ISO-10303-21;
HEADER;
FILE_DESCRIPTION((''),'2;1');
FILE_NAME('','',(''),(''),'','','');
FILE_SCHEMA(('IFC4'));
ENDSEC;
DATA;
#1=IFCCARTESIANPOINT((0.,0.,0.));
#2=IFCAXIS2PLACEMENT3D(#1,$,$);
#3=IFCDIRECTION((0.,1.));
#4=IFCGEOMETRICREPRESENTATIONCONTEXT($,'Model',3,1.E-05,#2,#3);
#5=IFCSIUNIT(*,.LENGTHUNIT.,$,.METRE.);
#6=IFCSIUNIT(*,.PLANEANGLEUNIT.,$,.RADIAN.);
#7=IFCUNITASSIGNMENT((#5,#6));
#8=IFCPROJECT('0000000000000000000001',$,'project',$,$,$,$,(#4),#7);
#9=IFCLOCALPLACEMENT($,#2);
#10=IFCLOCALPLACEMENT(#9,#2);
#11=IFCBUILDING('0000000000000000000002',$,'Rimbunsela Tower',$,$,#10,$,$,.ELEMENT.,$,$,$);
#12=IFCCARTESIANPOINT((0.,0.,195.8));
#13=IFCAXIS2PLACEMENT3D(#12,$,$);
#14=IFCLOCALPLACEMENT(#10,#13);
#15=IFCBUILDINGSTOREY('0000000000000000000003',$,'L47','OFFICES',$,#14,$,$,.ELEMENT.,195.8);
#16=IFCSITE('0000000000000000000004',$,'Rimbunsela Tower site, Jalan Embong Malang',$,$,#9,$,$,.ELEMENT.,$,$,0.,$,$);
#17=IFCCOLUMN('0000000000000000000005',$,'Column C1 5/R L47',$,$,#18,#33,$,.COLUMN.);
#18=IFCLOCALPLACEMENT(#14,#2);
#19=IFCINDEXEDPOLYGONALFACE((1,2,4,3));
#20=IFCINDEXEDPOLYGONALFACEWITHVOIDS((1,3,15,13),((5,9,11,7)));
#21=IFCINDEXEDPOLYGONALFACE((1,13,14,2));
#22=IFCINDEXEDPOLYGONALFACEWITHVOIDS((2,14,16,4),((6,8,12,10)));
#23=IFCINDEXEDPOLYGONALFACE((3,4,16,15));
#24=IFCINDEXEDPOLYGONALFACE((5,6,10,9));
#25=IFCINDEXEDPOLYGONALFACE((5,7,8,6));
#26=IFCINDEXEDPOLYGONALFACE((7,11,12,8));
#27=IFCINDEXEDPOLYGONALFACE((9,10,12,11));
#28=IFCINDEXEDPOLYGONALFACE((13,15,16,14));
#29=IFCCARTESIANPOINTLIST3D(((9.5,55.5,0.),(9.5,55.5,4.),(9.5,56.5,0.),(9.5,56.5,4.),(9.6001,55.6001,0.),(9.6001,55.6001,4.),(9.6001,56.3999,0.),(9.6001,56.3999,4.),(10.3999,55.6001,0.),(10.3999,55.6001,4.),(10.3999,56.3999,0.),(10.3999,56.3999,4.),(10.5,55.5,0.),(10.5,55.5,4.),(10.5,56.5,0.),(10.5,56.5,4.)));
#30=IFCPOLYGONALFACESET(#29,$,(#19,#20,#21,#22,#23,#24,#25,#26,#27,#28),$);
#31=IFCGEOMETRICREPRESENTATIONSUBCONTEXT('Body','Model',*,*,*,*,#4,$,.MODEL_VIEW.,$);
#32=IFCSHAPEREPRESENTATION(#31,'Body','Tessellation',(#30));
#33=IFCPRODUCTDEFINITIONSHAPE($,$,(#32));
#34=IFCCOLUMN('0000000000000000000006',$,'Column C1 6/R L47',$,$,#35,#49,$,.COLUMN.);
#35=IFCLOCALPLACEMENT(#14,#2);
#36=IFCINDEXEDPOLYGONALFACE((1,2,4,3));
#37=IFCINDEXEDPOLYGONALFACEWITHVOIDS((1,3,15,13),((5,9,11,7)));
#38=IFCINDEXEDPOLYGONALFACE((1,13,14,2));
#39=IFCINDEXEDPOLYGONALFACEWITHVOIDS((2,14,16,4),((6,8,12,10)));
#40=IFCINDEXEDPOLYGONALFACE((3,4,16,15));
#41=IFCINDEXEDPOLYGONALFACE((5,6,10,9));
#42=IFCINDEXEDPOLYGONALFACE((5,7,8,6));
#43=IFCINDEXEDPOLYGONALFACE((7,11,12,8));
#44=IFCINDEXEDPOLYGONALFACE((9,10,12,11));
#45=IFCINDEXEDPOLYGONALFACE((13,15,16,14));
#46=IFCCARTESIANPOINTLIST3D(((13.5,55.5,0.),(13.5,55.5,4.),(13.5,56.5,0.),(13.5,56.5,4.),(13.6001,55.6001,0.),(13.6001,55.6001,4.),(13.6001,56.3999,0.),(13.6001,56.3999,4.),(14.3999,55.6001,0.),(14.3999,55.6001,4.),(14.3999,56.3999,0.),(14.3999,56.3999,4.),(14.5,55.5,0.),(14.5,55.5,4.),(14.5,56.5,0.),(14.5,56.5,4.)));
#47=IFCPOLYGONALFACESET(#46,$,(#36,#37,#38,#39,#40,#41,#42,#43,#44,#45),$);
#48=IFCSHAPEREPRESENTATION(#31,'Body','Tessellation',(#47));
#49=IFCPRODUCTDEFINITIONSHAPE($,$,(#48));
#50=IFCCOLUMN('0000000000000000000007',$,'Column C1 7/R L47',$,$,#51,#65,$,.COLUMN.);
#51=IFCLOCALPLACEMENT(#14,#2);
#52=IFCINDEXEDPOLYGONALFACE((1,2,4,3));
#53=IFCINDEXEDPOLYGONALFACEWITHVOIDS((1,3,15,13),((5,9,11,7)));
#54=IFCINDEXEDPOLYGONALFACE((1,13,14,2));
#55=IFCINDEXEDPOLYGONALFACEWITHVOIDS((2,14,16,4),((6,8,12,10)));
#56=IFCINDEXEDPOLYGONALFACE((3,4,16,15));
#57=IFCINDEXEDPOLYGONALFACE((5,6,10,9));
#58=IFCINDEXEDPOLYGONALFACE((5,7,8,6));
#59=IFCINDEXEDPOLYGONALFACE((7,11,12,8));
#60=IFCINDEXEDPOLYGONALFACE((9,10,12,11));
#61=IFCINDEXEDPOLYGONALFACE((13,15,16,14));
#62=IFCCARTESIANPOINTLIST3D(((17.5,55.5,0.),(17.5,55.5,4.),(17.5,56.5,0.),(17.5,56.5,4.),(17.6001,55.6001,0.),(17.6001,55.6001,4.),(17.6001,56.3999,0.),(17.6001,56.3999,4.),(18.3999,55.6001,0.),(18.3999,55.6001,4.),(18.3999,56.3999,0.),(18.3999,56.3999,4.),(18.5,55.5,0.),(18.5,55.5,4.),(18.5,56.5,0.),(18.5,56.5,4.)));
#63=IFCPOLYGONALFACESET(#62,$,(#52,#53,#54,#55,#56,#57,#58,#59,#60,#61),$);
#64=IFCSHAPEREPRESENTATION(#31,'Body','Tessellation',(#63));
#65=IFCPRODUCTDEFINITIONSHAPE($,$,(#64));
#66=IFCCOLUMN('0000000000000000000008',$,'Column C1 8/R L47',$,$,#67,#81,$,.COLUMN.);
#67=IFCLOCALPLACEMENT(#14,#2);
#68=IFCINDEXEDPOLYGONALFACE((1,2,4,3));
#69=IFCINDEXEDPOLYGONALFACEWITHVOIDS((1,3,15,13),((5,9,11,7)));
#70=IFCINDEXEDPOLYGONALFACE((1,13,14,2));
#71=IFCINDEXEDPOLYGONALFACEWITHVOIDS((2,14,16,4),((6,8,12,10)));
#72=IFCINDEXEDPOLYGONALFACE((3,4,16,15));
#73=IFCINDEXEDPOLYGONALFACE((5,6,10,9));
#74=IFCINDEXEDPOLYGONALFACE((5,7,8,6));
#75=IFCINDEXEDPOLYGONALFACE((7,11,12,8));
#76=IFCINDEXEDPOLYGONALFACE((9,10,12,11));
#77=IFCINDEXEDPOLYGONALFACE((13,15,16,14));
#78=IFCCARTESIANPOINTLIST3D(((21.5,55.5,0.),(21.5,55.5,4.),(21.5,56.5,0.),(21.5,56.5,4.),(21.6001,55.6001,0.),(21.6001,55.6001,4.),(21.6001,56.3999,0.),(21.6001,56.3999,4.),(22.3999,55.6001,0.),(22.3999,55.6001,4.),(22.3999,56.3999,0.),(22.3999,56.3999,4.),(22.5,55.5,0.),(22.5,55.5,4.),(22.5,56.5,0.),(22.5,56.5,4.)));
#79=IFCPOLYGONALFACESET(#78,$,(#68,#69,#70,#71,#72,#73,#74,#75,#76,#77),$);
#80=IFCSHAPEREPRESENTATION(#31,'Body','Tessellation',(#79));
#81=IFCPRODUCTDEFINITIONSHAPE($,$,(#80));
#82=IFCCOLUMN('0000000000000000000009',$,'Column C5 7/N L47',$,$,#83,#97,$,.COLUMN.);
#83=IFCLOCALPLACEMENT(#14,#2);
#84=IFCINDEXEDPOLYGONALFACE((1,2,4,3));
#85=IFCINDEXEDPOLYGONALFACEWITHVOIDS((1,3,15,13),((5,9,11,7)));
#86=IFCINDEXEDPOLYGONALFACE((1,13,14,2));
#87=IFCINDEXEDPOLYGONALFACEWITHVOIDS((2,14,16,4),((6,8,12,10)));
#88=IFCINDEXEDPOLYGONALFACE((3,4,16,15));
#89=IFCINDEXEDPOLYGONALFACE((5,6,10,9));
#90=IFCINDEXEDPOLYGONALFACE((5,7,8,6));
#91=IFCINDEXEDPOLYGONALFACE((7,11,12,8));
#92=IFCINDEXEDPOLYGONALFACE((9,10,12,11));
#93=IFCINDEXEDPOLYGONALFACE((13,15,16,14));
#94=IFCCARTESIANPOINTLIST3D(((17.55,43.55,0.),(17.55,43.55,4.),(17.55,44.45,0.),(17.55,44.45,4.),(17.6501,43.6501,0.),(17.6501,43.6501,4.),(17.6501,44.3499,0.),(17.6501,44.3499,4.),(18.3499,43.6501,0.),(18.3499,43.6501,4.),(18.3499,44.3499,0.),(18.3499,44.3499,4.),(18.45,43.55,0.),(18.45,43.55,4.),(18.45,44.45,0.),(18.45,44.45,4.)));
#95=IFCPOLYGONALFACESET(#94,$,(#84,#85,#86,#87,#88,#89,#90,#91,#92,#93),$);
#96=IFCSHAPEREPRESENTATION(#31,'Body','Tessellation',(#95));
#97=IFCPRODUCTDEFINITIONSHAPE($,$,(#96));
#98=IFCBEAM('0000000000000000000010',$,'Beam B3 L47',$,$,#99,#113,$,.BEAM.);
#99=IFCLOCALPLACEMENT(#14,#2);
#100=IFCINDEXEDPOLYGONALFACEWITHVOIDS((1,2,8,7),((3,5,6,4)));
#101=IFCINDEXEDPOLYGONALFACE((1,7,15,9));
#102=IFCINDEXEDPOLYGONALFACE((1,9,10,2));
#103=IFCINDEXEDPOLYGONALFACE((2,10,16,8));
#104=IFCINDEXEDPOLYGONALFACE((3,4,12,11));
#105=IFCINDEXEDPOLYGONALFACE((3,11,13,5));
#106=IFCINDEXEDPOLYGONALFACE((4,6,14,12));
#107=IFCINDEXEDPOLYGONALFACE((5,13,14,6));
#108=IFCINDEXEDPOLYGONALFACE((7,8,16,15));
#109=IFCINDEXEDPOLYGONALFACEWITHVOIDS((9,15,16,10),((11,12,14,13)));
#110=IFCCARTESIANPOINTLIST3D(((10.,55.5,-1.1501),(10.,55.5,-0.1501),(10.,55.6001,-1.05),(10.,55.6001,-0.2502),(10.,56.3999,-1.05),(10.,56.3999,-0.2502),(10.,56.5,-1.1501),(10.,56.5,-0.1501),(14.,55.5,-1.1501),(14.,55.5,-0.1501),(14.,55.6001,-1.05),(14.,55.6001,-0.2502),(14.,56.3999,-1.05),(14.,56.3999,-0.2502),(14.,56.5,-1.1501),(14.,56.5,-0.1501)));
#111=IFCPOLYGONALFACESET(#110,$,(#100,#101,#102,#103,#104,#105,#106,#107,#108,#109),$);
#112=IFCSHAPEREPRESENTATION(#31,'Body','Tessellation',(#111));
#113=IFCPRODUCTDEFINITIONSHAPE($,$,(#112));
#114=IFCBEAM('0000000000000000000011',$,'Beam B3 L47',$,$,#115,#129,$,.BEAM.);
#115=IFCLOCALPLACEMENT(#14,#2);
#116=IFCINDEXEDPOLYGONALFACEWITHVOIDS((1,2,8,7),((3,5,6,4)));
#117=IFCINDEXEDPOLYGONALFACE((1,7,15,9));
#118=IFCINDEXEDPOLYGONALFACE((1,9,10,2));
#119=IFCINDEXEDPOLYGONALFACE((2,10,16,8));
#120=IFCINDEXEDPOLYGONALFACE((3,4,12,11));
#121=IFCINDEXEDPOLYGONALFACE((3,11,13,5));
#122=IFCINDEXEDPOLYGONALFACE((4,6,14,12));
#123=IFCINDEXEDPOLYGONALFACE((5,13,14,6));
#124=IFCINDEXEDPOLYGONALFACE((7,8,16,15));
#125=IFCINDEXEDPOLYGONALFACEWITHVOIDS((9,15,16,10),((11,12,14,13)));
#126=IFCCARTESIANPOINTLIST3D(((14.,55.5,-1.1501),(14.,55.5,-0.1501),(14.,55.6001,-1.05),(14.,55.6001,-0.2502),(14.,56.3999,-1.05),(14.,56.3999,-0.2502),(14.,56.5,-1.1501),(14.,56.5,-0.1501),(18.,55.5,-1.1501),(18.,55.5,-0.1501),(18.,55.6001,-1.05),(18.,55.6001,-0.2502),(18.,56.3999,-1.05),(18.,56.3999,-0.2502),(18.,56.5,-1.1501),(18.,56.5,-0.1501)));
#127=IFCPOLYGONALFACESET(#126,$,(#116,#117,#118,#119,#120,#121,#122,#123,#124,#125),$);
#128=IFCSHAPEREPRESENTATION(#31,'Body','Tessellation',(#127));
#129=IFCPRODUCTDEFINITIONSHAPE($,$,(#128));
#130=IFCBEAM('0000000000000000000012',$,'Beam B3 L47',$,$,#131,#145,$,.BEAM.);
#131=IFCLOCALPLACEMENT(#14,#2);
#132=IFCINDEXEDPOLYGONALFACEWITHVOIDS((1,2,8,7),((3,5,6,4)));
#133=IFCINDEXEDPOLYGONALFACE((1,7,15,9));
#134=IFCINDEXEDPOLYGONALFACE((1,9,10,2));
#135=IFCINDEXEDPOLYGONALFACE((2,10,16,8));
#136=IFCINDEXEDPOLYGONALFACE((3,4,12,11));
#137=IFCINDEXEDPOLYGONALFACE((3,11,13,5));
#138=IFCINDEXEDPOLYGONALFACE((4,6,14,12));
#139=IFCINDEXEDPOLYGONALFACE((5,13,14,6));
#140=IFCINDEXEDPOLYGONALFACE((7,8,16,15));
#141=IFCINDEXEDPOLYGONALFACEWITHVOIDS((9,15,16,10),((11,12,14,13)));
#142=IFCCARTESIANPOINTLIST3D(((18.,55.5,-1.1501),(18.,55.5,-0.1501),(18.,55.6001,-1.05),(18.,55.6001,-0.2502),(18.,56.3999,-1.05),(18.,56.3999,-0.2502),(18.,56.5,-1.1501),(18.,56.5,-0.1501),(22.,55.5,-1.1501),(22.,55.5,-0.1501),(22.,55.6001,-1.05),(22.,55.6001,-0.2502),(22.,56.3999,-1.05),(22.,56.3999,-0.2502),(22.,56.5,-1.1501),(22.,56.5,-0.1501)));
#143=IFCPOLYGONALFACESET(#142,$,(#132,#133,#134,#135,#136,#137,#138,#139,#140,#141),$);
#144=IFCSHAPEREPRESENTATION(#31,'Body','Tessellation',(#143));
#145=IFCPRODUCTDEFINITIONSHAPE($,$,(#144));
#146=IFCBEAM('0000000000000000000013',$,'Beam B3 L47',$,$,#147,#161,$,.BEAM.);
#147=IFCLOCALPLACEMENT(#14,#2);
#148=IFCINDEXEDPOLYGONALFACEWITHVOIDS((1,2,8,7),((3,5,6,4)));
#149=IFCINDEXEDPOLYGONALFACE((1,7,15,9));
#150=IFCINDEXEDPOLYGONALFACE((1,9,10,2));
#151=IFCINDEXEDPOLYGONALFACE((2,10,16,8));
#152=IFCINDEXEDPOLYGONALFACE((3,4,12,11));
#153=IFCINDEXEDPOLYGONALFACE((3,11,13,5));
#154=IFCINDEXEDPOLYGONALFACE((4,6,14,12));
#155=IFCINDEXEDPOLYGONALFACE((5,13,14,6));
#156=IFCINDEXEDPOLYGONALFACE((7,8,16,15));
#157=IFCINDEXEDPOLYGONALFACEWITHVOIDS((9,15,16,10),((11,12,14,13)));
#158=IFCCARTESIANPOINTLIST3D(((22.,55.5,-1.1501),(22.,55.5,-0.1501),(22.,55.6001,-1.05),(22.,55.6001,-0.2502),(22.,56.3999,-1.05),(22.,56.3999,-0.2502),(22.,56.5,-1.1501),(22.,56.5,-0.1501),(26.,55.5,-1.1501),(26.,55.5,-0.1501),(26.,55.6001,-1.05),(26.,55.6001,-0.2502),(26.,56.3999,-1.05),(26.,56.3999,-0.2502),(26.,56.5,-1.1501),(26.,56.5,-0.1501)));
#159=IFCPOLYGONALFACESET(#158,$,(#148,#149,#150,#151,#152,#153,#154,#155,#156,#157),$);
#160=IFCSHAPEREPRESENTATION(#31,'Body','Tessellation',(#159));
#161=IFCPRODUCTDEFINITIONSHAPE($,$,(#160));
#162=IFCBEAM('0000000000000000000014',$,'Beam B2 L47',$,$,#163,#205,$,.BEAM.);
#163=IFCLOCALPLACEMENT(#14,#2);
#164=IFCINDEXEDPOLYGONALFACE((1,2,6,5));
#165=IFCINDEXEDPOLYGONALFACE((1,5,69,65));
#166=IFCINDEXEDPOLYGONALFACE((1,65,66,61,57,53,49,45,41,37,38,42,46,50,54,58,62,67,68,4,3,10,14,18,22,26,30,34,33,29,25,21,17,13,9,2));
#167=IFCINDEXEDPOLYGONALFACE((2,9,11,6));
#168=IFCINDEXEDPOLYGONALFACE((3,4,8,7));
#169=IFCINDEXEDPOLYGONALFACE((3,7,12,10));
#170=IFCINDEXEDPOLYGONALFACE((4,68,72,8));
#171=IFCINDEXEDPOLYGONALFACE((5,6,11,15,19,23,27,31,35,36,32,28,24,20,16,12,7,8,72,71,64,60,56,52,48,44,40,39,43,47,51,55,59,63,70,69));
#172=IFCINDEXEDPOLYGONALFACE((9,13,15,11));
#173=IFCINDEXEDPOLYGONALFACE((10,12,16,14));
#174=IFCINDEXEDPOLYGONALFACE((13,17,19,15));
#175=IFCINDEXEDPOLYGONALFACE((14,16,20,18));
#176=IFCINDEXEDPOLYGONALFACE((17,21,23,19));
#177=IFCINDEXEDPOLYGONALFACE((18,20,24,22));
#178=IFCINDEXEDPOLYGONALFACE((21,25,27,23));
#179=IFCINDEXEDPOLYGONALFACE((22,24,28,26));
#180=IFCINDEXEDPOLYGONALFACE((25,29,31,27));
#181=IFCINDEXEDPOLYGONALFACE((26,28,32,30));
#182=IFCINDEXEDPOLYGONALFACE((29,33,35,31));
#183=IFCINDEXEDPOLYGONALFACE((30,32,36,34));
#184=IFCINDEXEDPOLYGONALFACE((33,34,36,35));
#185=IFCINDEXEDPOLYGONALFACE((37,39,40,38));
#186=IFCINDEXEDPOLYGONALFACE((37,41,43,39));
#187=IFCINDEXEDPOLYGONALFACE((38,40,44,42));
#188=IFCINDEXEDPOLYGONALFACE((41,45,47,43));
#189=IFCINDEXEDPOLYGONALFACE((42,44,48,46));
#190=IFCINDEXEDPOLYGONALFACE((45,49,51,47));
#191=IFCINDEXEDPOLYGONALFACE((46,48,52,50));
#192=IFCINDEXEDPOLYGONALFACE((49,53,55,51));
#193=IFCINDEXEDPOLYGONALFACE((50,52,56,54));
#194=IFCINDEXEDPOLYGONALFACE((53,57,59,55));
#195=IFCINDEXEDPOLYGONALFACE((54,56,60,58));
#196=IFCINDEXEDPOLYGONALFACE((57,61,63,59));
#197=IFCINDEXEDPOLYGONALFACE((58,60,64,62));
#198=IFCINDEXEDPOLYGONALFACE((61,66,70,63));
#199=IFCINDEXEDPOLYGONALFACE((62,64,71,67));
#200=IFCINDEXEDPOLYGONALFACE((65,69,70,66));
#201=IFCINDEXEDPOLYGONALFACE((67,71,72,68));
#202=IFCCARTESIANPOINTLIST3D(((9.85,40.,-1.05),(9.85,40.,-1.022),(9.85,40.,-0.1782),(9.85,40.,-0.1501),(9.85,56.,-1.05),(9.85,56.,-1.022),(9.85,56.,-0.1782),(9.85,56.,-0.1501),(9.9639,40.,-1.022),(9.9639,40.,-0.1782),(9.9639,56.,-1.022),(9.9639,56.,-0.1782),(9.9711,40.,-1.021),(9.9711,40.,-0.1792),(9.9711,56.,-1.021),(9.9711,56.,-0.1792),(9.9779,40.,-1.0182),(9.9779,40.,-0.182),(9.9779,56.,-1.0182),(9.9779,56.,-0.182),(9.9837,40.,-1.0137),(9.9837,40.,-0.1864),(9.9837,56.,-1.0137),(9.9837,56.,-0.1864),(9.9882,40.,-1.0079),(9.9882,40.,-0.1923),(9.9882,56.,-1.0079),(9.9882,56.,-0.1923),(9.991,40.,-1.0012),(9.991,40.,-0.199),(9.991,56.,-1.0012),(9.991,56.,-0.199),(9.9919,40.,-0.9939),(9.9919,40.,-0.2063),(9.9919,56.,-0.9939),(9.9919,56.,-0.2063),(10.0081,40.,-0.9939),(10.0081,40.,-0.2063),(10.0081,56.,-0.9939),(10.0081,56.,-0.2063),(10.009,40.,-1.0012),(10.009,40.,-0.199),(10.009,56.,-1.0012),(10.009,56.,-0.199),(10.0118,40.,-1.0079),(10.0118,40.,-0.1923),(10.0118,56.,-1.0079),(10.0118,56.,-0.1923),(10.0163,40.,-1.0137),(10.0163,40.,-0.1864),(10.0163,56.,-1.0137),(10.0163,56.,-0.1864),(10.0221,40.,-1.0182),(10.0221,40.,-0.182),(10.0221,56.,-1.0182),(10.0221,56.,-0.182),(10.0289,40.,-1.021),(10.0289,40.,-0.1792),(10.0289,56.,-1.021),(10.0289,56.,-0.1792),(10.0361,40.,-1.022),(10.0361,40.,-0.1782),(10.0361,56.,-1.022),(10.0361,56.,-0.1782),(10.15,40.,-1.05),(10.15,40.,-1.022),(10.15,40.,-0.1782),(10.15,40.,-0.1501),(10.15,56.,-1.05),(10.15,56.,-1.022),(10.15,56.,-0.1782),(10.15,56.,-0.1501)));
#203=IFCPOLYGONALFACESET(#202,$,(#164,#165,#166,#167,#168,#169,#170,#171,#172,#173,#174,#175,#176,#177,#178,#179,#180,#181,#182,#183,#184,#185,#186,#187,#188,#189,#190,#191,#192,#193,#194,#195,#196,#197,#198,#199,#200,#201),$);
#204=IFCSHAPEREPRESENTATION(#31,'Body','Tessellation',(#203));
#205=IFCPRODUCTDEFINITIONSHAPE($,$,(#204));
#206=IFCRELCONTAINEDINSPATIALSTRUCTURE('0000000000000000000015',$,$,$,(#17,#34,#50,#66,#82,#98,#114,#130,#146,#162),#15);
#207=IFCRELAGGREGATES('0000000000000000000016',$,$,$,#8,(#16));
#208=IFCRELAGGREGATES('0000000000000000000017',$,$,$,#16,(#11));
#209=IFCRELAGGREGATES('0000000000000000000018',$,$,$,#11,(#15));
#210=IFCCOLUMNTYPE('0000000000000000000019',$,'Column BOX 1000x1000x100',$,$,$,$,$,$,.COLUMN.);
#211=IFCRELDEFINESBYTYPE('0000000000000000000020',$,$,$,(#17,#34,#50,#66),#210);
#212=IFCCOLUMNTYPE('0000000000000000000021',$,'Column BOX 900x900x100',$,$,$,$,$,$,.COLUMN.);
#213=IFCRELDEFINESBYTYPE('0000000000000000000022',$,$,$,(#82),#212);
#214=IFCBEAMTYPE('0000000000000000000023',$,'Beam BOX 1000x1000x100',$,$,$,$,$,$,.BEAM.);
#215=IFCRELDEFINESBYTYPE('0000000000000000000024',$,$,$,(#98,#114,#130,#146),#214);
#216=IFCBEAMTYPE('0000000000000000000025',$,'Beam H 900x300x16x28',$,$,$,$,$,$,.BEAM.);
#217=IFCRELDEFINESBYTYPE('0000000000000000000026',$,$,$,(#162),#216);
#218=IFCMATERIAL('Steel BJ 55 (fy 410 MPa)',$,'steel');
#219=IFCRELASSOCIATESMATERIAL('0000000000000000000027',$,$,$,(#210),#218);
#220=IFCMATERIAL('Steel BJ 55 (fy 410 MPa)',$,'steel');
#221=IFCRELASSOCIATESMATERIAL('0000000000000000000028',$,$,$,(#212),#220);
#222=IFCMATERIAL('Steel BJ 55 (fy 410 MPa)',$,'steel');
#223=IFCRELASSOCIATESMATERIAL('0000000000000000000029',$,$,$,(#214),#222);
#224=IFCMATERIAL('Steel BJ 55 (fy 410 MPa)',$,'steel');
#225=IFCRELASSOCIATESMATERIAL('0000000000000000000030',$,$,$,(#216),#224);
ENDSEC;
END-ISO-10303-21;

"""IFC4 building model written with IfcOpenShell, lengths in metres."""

from ifc_helpers import new_model, si_unit, direction, frame, origin, origin_2d, place, context, subcontext, project, spatial, hollow_rectangle, i_section, extrude, material, material_profile, profile_set, type_object, element, save


model = new_model("IFC4")

# Units and contexts
model_context = context("Model", 3, precision=1e-05, world=origin(), true_north=direction((0.0, 1.0)))
body_context = subcontext(model_context, "Body", "Model", "MODEL_VIEW")
ifc_project = project(units=[si_unit("LENGTHUNIT", "METRE"), si_unit("PLANEANGLEUNIT", "RADIAN")], contexts=[model_context])

# Site, building, storey
site_placement = place(None, origin())
site = spatial("IfcSite", under=ifc_project, at=site_placement, Name="Rimbunsela Tower site, Jalan Embong Malang", CompositionType="ELEMENT", RefElevation=0.0)
building_placement = place(site_placement, origin())
building = spatial("IfcBuilding", under=site, at=building_placement, Name="Rimbunsela Tower", CompositionType="ELEMENT")
storey_placement = place(building_placement, frame((0.0, 0.0, 195.8)))
storey = spatial("IfcBuildingStorey", under=building, at=storey_placement, Name="L47", Description="OFFICES", CompositionType="ELEMENT", Elevation=195.8)

# Columns
ifc_material_1 = material(Name="Steel BJ 55 (fy 410 MPa)", Category="steel")
ifc_material_profile_1 = material_profile(ifc_material_1, hollow_rectangle(XDim=1.0, YDim=1.0, WallThickness=0.1001, at=origin_2d()), Name="BOX 1000x1000x100")
ifc_profile_set_1 = profile_set([ifc_material_profile_1], Name="Steel BJ 55 (fy 410 MPa)")
column_type_1 = type_object("IfcColumnType", Name="Column BOX 1000x1000x100", PredefinedType="COLUMN", material=ifc_profile_set_1)
for number, where, z_axis, x_axis, name in (
    (1, (10.0, 56.0, 0.0), (0.0, 0.0, 1.0), (1.0, 0.0, 0.0), "Column C1 5/R L47"),
    (2, (14.0, 56.0, 0.0), (0.0, 0.0, 1.0), (1.0, 0.0, 0.0), "Column C1 6/R L47"),
    (3, (18.0, 56.0, 0.0), (0.0, 0.0, 1.0), (1.0, 0.0, 0.0), "Column C1 7/R L47"),
    (4, (22.0, 56.0, 0.0), (0.0, 0.0, 1.0), (1.0, 0.0, 0.0), "Column C1 8/R L47"),
):
    element("IfcColumn", number, at=place(storey_placement, frame(where, z_axis=z_axis, x_axis=x_axis)), inside=storey, type_object=column_type_1, Name=name, PredefinedType="COLUMN", context=body_context, shape_type="SweptSolid", body=[
        extrude(hollow_rectangle(XDim=1.0, YDim=1.0, WallThickness=0.1001, at=origin_2d()), origin(), (0.0, 0.0, 1.0), 4.0),
    ])
ifc_material_2 = material(Name="Steel BJ 55 (fy 410 MPa)", Category="steel")
ifc_material_profile_2 = material_profile(ifc_material_2, hollow_rectangle(XDim=0.8999, YDim=0.8999, WallThickness=0.1001, at=origin_2d()), Name="BOX 900x900x100")
ifc_profile_set_2 = profile_set([ifc_material_profile_2], Name="Steel BJ 55 (fy 410 MPa)")
column_type_2 = type_object("IfcColumnType", Name="Column BOX 900x900x100", PredefinedType="COLUMN", material=ifc_profile_set_2)
column_placement = place(storey_placement, frame((18.0, 44.0, 0.0), z_axis=(0.0, 0.0, 1.0), x_axis=(1.0, 0.0, 0.0)))
element("IfcColumn", 5, at=column_placement, inside=storey, type_object=column_type_2, Name="Column C5 7/N L47", PredefinedType="COLUMN", context=body_context, shape_type="SweptSolid", body=[
    extrude(hollow_rectangle(XDim=0.8999, YDim=0.8999, WallThickness=0.1001, at=origin_2d()), origin(), (0.0, 0.0, 1.0), 4.0),
])

# Beams
ifc_material_3 = material(Name="Steel BJ 55 (fy 410 MPa)", Category="steel")
ifc_material_profile_3 = material_profile(ifc_material_3, hollow_rectangle(XDim=1.0, YDim=1.0, WallThickness=0.1001, at=origin_2d()), Name="BOX 1000x1000x100")
ifc_profile_set_3 = profile_set([ifc_material_profile_3], Name="Steel BJ 55 (fy 410 MPa)")
beam_type_1 = type_object("IfcBeamType", Name="Beam BOX 1000x1000x100", PredefinedType="BEAM", material=ifc_profile_set_3)
for number, where, z_axis, x_axis, name in (
    (6, (10.0, 56.0, -0.6501), (1.0, 0.0, 0.0), (0.0, 1.0, 0.0), "Beam B3 L47"),
    (7, (14.0, 56.0, -0.6501), (1.0, 0.0, 0.0), (0.0, 1.0, 0.0), "Beam B3 L47"),
    (8, (18.0, 56.0, -0.6501), (1.0, 0.0, 0.0), (0.0, 1.0, 0.0), "Beam B3 L47"),
    (9, (22.0, 56.0, -0.6501), (1.0, 0.0, 0.0), (0.0, 1.0, 0.0), "Beam B3 L47"),
):
    element("IfcBeam", number, at=place(storey_placement, frame(where, z_axis=z_axis, x_axis=x_axis)), inside=storey, type_object=beam_type_1, Name=name, PredefinedType="BEAM", context=body_context, shape_type="SweptSolid", body=[
        extrude(hollow_rectangle(XDim=1.0, YDim=1.0, WallThickness=0.1001, at=origin_2d()), origin(), (0.0, 0.0, 1.0), 4.0),
    ])
ifc_material_4 = material(Name="Steel BJ 55 (fy 410 MPa)", Category="steel")
ifc_material_profile_4 = material_profile(ifc_material_4, i_section(OverallWidth=0.3, OverallDepth=0.8999, WebThickness=0.0161, FlangeThickness=0.0281, FilletRadius=0.0281, at=origin_2d()), Name="H 900x300x16x28")
ifc_profile_set_4 = profile_set([ifc_material_profile_4], Name="Steel BJ 55 (fy 410 MPa)")
beam_type_2 = type_object("IfcBeamType", Name="Beam H 900x300x16x28", PredefinedType="BEAM", material=ifc_profile_set_4)
beam_1_placement = place(storey_placement, frame((10.0, 40.0, -0.6001), z_axis=(0.0, 1.0, 0.0), x_axis=(-1.0, 0.0, 0.0)))
element("IfcBeam", 10, at=beam_1_placement, inside=storey, type_object=beam_type_2, Name="Beam B2 L47", PredefinedType="BEAM", context=body_context, shape_type="SweptSolid", body=[
    extrude(i_section(OverallWidth=0.3, OverallDepth=0.8999, WebThickness=0.0161, FlangeThickness=0.0281, FilletRadius=0.0281, at=origin_2d()), origin(), (0.0, 0.0, 1.0), 16.0),
])

save(model, "model.ifc")
